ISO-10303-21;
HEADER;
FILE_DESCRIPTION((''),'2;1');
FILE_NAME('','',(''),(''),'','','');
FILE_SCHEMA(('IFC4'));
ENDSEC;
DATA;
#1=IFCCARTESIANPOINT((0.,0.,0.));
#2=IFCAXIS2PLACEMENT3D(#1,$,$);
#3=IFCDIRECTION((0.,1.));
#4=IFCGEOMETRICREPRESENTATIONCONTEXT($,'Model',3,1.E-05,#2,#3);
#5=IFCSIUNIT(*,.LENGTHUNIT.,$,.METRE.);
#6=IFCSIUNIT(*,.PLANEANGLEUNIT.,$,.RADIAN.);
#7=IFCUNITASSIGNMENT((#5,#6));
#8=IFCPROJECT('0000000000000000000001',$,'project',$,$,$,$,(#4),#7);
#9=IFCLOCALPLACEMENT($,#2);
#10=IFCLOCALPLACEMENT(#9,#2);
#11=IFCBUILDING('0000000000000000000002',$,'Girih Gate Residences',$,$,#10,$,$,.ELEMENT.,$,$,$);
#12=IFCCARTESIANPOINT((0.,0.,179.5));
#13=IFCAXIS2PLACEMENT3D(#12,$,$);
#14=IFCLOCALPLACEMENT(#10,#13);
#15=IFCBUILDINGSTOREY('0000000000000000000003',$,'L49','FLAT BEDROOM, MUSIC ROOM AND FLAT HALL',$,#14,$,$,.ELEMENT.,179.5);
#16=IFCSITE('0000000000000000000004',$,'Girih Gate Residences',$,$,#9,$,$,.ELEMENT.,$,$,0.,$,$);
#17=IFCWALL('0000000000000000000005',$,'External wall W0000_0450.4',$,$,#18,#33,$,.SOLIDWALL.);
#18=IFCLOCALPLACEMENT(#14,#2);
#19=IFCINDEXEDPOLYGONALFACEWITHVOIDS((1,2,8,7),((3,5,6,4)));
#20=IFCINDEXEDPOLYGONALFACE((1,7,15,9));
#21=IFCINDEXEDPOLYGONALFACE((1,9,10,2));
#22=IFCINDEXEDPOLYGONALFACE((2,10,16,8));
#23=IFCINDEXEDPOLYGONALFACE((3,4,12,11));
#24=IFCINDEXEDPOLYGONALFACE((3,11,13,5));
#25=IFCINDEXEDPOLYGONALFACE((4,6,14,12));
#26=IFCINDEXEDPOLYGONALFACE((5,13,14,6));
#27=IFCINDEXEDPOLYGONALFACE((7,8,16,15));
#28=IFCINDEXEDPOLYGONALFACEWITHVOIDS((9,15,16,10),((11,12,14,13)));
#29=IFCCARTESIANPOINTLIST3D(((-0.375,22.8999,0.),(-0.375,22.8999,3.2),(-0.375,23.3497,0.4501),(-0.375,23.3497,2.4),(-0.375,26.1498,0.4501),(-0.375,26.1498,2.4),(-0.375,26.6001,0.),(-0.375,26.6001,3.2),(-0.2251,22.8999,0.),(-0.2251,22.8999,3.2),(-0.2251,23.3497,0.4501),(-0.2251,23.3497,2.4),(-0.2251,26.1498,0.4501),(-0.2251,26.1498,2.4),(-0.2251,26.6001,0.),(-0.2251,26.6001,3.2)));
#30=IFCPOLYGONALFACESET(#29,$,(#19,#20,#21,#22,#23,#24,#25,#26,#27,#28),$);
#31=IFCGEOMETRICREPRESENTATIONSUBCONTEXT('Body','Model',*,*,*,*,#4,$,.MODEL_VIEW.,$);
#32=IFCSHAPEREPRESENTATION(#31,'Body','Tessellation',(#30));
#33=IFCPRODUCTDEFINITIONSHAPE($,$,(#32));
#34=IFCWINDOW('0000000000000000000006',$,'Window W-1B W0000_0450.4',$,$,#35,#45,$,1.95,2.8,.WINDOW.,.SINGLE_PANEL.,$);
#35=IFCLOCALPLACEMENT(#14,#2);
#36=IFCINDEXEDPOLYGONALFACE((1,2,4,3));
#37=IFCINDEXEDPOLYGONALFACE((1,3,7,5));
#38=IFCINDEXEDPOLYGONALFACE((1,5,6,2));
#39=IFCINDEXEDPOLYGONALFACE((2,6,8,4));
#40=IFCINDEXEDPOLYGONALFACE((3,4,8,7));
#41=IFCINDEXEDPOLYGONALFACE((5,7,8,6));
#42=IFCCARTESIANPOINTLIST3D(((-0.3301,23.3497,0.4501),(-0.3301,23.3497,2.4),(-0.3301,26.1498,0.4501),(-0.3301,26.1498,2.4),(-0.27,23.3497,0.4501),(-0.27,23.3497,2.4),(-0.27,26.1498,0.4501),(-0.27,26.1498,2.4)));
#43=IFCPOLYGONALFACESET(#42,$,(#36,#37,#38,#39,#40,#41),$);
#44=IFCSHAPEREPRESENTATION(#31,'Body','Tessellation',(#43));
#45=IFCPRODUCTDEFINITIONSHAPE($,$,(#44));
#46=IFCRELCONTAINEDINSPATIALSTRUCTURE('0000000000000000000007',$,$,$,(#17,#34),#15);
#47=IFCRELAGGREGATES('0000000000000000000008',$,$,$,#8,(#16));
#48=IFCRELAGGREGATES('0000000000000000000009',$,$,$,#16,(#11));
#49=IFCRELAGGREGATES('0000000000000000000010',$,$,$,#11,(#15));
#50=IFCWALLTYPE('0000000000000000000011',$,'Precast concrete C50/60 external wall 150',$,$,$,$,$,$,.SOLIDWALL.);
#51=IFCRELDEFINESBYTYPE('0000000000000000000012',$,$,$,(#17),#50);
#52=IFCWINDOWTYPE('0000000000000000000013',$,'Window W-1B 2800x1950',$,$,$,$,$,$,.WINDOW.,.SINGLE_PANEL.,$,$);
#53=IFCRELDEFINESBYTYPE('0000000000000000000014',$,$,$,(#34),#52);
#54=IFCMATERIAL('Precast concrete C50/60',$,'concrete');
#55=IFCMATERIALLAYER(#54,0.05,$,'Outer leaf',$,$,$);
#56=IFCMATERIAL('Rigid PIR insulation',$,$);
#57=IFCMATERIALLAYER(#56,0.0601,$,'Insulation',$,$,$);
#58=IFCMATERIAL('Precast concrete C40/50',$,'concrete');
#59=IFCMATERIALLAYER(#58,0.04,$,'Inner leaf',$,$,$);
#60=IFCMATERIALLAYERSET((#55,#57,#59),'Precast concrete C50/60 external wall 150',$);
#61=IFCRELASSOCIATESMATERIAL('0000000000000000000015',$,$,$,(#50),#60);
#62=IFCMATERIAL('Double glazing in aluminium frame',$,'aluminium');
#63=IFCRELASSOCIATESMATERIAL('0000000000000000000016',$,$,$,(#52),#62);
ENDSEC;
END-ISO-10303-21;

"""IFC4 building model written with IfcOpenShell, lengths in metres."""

from ifc_helpers import new_model, si_unit, direction, frame, frame_2d, origin, place, context, subcontext, project, spatial, rectangle, extrude, material, layer, layer_set, type_object, element, fill, save


model = new_model("IFC4")

# Units and contexts
model_context = context("Model", 3, precision=1e-05, world=origin(), true_north=direction((0.0, 1.0)))
body_context = subcontext(model_context, "Body", "Model", "MODEL_VIEW")
ifc_project = project(units=[si_unit("LENGTHUNIT", "METRE"), si_unit("PLANEANGLEUNIT", "RADIAN")], contexts=[model_context])

# Site, building, storey
site_placement = place(None, origin())
site = spatial("IfcSite", under=ifc_project, at=site_placement, Name="Girih Gate Residences", CompositionType="ELEMENT", RefElevation=0.0)
building_placement = place(site_placement, origin())
building = spatial("IfcBuilding", under=site, at=building_placement, Name="Girih Gate Residences", CompositionType="ELEMENT")
storey_placement = place(building_placement, frame((0.0, 0.0, 179.5)))
storey = spatial("IfcBuildingStorey", under=building, at=storey_placement, Name="L49", Description="FLAT BEDROOM, MUSIC ROOM AND FLAT HALL", CompositionType="ELEMENT", Elevation=179.5)

# Wall, opening, window
ifc_material_1 = material(Name="Precast concrete C50/60", Category="concrete")
ifc_layer_1 = layer(ifc_material_1, 0.05, Name="Outer leaf")
ifc_material_2 = material(Name="Rigid PIR insulation")
ifc_layer_2 = layer(ifc_material_2, 0.0601, Name="Insulation")
ifc_material_3 = material(Name="Precast concrete C40/50", Category="concrete")
ifc_layer_3 = layer(ifc_material_3, 0.04, Name="Inner leaf")
ifc_layer_set_1 = layer_set([ifc_layer_1, ifc_layer_2, ifc_layer_3], Name="Precast concrete C50/60 external wall 150")
wall_type_1 = type_object("IfcWallType", Name="Precast concrete C50/60 external wall 150", PredefinedType="SOLIDWALL", material=ifc_layer_set_1)
wall_1_placement = place(storey_placement, frame((-0.3, 22.8999, 0.0), z_axis=(0.0, 0.0, 1.0), x_axis=(0.0, 1.0, 0.0)))
wall_1 = element("IfcWall", 1, at=wall_1_placement, inside=storey, type_object=wall_type_1, Name="External wall W0000_0450.4", PredefinedType="SOLIDWALL", context=body_context, shape_type="SweptSolid", body=[
    extrude(rectangle(XDim=3.7002, YDim=0.1499, at=frame_2d((1.8501, 0.0))), origin(), (0.0, 0.0, 1.0), 3.2),
])
opening_1_placement = place(wall_1_placement, frame((0.45, 0.0, 0.45)))
opening_1 = element("IfcOpeningElement", 2, at=opening_1_placement, cuts=wall_1, PredefinedType="OPENING", context=body_context, shape_type="SweptSolid", body=[
    extrude(rectangle(XDim=2.8, YDim=1.95, at=frame_2d((1.3999, 0.9751))), frame((0.0, 0.085, 0.0), z_axis=(0.0, -1.0, 0.0), x_axis=(1.0, 0.0, 0.0)), (0.0, 0.0, 1.0), 0.1699),
])
ifc_material_4 = material(Name="Double glazing in aluminium frame", Category="aluminium")
window_type = type_object("IfcWindowType", Name="Window W-1B 2800x1950", PartitioningType="SINGLE_PANEL", PredefinedType="WINDOW", material=ifc_material_4)
window_placement = place(opening_1_placement, origin())
window = element("IfcWindow", 3, at=window_placement, inside=storey, type_object=window_type, Name="Window W-1B W0000_0450.4", OverallHeight=1.95, OverallWidth=2.8, PartitioningType="SINGLE_PANEL", PredefinedType="WINDOW", context=body_context, shape_type="SweptSolid", body=[
    extrude(rectangle(XDim=2.8, YDim=1.95, at=frame_2d((1.3999, 0.9751))), frame((0.0, 0.03, 0.0), z_axis=(0.0, -1.0, 0.0), x_axis=(1.0, 0.0, 0.0)), (0.0, 0.0, 1.0), 0.0601),
])
fill(opening_1, window)

save(model, "model.ifc")
